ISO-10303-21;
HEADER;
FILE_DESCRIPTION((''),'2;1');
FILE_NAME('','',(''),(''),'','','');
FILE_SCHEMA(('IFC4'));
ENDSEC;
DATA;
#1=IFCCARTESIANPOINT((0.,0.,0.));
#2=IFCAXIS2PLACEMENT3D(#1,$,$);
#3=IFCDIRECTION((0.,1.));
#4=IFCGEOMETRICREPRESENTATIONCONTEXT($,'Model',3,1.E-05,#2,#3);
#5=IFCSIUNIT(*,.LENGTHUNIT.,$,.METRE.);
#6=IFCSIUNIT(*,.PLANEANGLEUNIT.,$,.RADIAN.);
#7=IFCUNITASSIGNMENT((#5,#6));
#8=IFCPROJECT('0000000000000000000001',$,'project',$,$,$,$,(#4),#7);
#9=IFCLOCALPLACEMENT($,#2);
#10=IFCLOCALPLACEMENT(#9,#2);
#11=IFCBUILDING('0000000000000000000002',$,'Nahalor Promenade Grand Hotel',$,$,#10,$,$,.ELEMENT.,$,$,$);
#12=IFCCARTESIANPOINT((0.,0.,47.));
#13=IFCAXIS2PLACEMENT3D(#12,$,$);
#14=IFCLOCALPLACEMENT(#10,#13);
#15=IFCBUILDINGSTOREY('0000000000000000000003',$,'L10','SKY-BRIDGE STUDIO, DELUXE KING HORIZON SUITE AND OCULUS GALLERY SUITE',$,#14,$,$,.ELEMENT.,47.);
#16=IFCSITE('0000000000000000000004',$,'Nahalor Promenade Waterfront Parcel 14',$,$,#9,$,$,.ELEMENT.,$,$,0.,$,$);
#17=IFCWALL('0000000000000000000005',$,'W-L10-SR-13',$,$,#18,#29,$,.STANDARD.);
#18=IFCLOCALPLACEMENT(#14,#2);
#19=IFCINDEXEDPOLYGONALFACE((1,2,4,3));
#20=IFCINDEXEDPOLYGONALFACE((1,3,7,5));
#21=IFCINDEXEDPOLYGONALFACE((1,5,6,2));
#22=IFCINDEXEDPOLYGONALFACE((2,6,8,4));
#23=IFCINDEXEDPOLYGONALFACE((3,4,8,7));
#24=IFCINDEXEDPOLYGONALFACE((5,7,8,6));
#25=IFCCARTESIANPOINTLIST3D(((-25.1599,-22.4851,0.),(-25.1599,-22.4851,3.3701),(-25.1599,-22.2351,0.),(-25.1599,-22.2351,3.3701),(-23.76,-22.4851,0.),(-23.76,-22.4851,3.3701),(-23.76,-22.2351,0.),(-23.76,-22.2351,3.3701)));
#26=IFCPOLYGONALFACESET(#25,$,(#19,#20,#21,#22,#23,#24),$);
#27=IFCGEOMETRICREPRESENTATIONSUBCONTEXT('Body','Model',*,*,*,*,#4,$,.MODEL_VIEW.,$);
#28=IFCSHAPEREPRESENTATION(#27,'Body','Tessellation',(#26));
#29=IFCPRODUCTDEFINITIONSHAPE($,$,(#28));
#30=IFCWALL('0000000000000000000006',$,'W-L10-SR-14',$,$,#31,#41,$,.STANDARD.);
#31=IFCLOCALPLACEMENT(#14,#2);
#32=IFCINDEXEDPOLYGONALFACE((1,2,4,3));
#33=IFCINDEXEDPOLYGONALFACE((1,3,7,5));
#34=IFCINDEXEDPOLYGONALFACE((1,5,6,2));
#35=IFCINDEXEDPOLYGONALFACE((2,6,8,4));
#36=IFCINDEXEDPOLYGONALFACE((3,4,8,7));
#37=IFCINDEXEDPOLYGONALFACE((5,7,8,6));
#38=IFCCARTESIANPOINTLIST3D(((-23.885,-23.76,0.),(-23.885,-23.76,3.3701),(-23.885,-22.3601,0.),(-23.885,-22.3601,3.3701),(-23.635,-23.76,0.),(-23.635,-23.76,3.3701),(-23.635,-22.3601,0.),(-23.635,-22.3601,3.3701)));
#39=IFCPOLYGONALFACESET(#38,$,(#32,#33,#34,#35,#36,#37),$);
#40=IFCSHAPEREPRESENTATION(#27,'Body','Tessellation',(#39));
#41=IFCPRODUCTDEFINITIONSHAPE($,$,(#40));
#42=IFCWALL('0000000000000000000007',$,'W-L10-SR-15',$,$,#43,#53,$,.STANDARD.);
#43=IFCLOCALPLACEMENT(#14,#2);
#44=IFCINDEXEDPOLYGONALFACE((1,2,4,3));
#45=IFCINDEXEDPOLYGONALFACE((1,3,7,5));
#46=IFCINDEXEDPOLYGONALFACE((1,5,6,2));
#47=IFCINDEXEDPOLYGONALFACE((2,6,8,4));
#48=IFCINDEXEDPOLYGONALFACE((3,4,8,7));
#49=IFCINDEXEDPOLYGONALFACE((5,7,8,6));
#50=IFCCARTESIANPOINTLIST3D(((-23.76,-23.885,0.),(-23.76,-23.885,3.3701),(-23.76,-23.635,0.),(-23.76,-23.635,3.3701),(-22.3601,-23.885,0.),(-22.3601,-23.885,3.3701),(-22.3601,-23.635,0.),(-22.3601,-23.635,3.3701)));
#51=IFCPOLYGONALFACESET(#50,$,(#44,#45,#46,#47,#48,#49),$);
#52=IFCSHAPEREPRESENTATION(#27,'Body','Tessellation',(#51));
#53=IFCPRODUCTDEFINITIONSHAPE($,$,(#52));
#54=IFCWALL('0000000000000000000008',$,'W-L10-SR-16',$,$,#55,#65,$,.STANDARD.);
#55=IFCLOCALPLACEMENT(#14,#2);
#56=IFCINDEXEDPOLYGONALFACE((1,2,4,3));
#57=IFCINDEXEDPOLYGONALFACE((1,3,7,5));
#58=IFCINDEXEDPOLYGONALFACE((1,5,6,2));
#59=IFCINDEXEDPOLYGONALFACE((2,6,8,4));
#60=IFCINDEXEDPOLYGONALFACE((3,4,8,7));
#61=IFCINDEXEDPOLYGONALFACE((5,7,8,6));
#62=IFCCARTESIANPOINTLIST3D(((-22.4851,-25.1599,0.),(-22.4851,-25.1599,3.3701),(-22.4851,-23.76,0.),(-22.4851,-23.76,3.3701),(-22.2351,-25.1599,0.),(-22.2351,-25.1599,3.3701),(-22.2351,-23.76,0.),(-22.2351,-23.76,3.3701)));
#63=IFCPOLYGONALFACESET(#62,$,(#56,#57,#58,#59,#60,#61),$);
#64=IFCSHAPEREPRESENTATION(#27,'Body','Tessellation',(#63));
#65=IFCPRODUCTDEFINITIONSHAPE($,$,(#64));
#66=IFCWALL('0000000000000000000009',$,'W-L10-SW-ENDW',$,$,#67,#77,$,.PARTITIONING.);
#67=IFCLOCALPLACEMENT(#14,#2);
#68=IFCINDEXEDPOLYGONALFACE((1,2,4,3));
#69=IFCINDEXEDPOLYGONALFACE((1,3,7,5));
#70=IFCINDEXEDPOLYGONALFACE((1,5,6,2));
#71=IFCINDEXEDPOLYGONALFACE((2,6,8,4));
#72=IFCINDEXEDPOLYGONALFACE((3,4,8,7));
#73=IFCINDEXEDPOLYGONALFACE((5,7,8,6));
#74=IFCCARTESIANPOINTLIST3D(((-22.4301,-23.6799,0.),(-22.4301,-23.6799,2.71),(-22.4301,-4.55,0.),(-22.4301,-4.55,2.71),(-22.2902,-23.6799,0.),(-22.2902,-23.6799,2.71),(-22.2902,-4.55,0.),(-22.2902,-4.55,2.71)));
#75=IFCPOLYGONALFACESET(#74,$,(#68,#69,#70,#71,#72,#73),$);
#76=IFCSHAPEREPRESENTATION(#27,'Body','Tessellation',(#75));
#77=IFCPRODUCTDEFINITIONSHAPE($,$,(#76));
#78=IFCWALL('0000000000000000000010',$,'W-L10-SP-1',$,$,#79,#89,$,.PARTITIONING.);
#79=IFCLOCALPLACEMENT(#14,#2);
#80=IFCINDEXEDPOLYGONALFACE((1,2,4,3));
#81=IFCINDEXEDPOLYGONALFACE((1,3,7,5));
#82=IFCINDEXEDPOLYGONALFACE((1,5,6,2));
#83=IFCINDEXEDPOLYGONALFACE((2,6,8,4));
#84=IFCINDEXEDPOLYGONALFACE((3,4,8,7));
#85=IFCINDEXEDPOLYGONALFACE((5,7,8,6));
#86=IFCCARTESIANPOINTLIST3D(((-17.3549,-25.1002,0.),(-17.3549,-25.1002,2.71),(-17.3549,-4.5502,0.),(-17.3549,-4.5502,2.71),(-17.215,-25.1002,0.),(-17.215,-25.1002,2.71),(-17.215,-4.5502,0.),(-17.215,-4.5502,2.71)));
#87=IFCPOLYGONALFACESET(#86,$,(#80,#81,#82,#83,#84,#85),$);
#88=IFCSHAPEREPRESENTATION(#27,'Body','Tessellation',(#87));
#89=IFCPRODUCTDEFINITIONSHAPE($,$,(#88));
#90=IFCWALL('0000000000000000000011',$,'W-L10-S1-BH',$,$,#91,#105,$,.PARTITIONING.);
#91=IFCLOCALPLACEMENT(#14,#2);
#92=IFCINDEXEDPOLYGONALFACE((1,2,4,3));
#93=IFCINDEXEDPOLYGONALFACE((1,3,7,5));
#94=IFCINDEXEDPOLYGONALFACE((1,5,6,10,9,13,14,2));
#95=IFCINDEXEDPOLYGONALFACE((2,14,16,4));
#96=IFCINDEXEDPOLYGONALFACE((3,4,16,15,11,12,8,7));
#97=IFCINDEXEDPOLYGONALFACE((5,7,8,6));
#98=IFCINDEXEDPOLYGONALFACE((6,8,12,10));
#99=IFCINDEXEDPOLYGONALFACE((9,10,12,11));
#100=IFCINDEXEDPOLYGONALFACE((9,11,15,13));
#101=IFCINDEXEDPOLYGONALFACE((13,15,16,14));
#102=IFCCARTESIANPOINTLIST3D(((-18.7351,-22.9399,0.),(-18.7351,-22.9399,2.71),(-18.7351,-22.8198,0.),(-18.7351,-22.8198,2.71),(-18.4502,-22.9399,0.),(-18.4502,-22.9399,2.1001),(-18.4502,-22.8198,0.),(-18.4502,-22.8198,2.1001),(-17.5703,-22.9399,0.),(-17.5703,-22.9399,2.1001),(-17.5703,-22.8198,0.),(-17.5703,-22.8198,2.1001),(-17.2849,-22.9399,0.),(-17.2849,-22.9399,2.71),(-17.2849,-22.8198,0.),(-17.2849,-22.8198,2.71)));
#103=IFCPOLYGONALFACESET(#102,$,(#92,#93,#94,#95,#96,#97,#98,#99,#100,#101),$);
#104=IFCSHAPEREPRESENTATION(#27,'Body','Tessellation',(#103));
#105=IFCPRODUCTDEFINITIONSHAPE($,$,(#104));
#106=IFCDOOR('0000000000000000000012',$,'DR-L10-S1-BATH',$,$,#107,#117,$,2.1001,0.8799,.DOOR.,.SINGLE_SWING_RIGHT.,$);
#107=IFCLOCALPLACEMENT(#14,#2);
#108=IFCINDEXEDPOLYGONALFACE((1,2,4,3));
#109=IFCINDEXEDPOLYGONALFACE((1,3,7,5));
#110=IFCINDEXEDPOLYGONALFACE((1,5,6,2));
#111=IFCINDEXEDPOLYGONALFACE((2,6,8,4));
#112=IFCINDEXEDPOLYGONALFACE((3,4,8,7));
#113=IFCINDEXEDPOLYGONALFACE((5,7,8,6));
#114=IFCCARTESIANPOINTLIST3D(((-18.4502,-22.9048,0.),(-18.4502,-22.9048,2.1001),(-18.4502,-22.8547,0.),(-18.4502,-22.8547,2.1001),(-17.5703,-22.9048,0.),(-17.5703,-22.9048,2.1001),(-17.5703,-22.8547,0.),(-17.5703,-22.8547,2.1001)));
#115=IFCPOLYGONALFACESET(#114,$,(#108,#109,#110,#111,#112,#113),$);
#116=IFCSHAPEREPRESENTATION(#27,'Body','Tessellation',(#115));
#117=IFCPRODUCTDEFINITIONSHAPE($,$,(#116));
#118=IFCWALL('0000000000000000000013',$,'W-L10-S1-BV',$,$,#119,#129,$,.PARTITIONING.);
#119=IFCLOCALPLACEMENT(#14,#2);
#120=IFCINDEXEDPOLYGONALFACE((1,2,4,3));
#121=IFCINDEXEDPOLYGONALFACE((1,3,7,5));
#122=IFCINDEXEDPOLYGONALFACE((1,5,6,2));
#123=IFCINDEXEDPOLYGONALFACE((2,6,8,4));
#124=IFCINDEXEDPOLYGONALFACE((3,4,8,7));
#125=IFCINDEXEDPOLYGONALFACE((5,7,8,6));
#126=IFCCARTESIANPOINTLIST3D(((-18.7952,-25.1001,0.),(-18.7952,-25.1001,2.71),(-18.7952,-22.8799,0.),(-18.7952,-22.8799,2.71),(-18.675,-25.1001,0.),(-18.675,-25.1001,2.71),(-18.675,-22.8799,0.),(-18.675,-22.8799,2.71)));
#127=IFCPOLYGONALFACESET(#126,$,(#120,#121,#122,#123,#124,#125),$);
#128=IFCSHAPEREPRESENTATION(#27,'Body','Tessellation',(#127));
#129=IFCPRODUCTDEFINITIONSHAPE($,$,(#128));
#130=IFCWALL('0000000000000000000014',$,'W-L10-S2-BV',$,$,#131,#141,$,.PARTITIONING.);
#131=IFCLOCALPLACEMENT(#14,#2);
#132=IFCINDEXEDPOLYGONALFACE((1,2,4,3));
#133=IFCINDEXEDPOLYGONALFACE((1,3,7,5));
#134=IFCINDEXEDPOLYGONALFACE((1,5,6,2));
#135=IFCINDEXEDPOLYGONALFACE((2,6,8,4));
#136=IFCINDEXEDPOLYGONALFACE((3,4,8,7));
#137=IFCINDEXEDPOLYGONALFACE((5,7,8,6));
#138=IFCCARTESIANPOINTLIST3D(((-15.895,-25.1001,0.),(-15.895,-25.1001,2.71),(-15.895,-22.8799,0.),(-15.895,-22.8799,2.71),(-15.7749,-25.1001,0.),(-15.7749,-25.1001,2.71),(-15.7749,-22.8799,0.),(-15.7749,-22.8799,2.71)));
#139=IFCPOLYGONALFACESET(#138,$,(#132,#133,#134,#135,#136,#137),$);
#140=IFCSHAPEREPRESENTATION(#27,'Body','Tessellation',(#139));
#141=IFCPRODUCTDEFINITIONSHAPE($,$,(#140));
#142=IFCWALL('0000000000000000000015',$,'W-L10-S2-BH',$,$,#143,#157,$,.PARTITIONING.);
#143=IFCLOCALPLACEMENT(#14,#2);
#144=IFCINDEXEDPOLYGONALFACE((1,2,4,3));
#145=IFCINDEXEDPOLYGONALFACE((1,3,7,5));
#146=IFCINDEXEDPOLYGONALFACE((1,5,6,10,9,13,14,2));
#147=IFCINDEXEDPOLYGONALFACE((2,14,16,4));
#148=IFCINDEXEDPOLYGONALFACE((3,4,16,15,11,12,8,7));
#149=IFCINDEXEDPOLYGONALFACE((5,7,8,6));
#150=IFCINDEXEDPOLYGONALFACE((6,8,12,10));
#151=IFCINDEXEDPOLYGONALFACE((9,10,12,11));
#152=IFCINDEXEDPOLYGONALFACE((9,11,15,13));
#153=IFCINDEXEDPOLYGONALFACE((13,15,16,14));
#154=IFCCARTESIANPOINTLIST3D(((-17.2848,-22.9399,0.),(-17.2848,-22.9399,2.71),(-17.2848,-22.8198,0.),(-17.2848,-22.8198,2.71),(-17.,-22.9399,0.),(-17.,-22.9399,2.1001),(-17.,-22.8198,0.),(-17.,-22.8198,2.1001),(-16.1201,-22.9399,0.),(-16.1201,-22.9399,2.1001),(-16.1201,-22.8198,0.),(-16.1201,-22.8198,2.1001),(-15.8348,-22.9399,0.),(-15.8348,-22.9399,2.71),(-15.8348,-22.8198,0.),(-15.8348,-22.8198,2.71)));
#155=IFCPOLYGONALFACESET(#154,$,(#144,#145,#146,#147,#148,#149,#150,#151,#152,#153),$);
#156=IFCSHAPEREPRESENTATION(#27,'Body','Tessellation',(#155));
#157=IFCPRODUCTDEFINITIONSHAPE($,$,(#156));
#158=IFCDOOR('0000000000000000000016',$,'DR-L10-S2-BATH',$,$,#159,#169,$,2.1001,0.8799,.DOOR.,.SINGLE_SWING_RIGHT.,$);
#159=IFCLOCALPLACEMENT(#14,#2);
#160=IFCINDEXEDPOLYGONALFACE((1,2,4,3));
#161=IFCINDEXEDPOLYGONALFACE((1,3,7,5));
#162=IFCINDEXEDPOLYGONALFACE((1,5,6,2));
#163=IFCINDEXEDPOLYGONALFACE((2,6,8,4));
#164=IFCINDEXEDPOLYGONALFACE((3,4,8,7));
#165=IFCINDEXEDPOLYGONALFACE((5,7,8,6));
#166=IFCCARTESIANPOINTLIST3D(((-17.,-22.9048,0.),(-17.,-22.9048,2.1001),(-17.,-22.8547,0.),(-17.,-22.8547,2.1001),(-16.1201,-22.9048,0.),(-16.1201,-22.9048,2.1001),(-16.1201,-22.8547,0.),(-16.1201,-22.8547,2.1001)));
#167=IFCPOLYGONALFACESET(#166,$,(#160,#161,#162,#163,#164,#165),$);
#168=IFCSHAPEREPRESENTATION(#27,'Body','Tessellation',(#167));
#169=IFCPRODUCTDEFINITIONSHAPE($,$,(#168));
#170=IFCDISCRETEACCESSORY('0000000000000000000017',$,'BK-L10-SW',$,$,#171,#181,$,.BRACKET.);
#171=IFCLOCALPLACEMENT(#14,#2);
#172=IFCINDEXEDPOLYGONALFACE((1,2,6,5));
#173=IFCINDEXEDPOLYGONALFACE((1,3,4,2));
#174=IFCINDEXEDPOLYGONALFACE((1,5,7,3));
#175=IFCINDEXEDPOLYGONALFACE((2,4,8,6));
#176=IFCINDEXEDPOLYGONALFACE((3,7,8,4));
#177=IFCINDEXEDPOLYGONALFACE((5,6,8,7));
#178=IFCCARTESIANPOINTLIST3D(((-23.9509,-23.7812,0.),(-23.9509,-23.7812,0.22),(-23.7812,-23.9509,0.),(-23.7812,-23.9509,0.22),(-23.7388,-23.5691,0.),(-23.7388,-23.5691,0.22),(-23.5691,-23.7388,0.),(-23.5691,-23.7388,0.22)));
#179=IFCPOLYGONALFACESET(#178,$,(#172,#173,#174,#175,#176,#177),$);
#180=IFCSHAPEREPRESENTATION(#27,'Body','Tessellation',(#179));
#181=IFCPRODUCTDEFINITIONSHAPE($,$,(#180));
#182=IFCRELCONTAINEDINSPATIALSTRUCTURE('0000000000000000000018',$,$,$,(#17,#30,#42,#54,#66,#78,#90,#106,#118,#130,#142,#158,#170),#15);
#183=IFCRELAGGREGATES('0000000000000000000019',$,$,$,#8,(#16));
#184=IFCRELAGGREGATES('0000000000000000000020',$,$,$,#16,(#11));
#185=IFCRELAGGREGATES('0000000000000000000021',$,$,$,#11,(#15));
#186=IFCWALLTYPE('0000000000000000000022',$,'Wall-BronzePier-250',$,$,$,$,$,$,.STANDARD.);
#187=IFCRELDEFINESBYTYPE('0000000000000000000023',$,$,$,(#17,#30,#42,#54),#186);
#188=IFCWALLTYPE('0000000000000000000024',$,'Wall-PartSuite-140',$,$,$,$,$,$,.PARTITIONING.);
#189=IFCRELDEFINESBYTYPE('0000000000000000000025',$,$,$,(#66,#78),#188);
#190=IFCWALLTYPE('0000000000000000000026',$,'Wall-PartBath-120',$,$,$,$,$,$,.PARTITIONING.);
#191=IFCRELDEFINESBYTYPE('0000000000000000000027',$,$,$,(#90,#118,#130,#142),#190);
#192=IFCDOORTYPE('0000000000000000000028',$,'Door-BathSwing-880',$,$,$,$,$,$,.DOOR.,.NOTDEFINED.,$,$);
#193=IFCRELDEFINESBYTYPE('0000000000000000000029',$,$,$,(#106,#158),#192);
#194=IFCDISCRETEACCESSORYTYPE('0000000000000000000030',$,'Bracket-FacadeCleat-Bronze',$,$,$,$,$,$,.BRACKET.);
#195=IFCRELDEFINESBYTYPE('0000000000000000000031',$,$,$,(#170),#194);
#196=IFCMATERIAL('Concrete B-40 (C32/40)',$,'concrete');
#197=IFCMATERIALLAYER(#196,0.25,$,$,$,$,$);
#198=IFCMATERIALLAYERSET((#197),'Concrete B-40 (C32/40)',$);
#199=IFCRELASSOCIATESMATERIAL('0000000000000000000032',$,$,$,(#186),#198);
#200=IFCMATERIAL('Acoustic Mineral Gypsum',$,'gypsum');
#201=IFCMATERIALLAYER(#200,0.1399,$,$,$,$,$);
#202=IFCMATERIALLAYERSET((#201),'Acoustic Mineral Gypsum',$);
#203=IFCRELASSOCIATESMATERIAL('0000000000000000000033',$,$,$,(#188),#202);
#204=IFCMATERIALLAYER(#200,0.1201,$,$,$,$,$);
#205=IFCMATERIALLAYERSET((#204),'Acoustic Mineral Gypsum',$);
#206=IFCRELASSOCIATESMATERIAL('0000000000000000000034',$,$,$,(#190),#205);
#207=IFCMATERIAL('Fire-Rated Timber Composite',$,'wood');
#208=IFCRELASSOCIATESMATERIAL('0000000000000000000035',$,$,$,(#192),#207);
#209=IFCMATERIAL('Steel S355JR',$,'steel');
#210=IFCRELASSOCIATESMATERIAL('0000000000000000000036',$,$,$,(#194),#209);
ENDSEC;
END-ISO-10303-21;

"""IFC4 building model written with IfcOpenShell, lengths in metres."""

from ifc_helpers import new_model, si_unit, direction, frame, frame_2d, origin, origin_2d, place, context, subcontext, project, spatial, rectangle, extrude, source, transform, mapped, material, layer, layer_set, type_object, element, fill, save


model = new_model("IFC4")

# Units and contexts
model_context = context("Model", 3, precision=1e-05, world=origin(), true_north=direction((0.0, 1.0)))
body_context = subcontext(model_context, "Body", "Model", "MODEL_VIEW")
ifc_project = project(units=[si_unit("LENGTHUNIT", "METRE"), si_unit("PLANEANGLEUNIT", "RADIAN")], contexts=[model_context])

# Site, building, storey
site_placement = place(None, origin())
site = spatial("IfcSite", under=ifc_project, at=site_placement, Name="Nahalor Promenade Waterfront Parcel 14", CompositionType="ELEMENT", RefElevation=0.0)
building_placement = place(site_placement, origin())
building = spatial("IfcBuilding", under=site, at=building_placement, Name="Nahalor Promenade Grand Hotel", CompositionType="ELEMENT")
storey_placement = place(building_placement, frame((0.0, 0.0, 47.0)))
storey = spatial("IfcBuildingStorey", under=building, at=storey_placement, Name="L10", Description="SKY-BRIDGE STUDIO, DELUXE KING HORIZON SUITE AND OCULUS GALLERY SUITE", CompositionType="ELEMENT", Elevation=47.0)

# Shared definitions
ifc_material_1 = material(Name="Steel S355JR", Category="steel")

# Walls
ifc_material_2 = material(Name="Concrete B-40 (C32/40)", Category="concrete")
ifc_layer_1 = layer(ifc_material_2, 0.25)
ifc_layer_set_1 = layer_set([ifc_layer_1], Name="Concrete B-40 (C32/40)")
wall_type_1 = type_object("IfcWallType", Name="Wall-BronzePier-250", PredefinedType="STANDARD", material=ifc_layer_set_1)
shared_shape_1 = source(origin(), body_context, "Body", "SweptSolid", [
    extrude(rectangle(XDim=1.3999, YDim=0.25, at=frame_2d((0.7, 0.0))), origin(), (0.0, 0.0, 1.0), 3.3701),
])
for number, where, z_axis, x_axis, name in (
    (1, (-25.1599, -22.3601, 0.0), (0.0, 0.0, 1.0), (1.0, 0.0, 0.0), "W-L10-SR-13"),
    (2, (-23.76, -23.76, 0.0), (0.0, 0.0, 1.0), (0.0, 1.0, 0.0), "W-L10-SR-14"),
    (3, (-23.76, -23.76, 0.0), (0.0, 0.0, 1.0), (1.0, 0.0, 0.0), "W-L10-SR-15"),
    (4, (-22.3601, -25.1599, 0.0), (0.0, 0.0, 1.0), (0.0, 1.0, 0.0), "W-L10-SR-16"),
):
    element("IfcWall", number, at=place(storey_placement, frame(where, z_axis=z_axis, x_axis=x_axis)), inside=storey, type_object=wall_type_1, Name=name, PredefinedType="STANDARD", context=body_context, shape_type="MappedRepresentation", body=[
        mapped(shared_shape_1, transform((0.0, 0.0, 0.0), scale=1.0)),
    ])
ifc_material_3 = material(Name="Acoustic Mineral Gypsum", Category="gypsum")
ifc_layer_2 = layer(ifc_material_3, 0.1399)
ifc_layer_set_2 = layer_set([ifc_layer_2], Name="Acoustic Mineral Gypsum")
wall_type_2 = type_object("IfcWallType", Name="Wall-PartSuite-140", PredefinedType="PARTITIONING", material=ifc_layer_set_2)
shared_shape_2 = source(origin(), body_context, "Body", "SweptSolid", [
    extrude(rectangle(XDim=19.1299, YDim=0.1399, at=frame_2d((9.5649, 0.0))), origin(), (0.0, 0.0, 1.0), 2.71),
])
wall_1_placement = place(storey_placement, frame((-22.3601, -23.6799, 0.0), z_axis=(0.0, 0.0, 1.0), x_axis=(0.0, 1.0, 0.0)))
element("IfcWall", 5, at=wall_1_placement, inside=storey, type_object=wall_type_2, Name="W-L10-SW-ENDW", PredefinedType="PARTITIONING", context=body_context, shape_type="MappedRepresentation", body=[
    mapped(shared_shape_2, transform((0.0, 0.0, 0.0), scale=1.0)),
])
shared_shape_3 = source(origin(), body_context, "Body", "SweptSolid", [
    extrude(rectangle(XDim=20.55, YDim=0.1399, at=frame_2d((10.2749, 0.0))), origin(), (0.0, 0.0, 1.0), 2.71),
])
wall_2_placement = place(storey_placement, frame((-17.2849, -25.1001, 0.0), z_axis=(0.0, 0.0, 1.0), x_axis=(0.0, 1.0, 0.0)))
element("IfcWall", 6, at=wall_2_placement, inside=storey, type_object=wall_type_2, Name="W-L10-SP-1", PredefinedType="PARTITIONING", context=body_context, shape_type="MappedRepresentation", body=[
    mapped(shared_shape_3, transform((0.0, 0.0, 0.0), scale=1.0)),
])

# Wall, opening, door
ifc_layer_3 = layer(ifc_material_3, 0.1201)
ifc_layer_set_3 = layer_set([ifc_layer_3], Name="Acoustic Mineral Gypsum")
wall_type_3 = type_object("IfcWallType", Name="Wall-PartBath-120", PredefinedType="PARTITIONING", material=ifc_layer_set_3)
shared_shape_4 = source(origin(), body_context, "Body", "SweptSolid", [
    extrude(rectangle(XDim=1.4502, YDim=0.1201, at=frame_2d((0.7251, 0.0))), origin(), (0.0, 0.0, 1.0), 2.71),
])
wall_3_placement = place(storey_placement, frame((-18.7351, -22.8799, 0.0), z_axis=(0.0, 0.0, 1.0), x_axis=(1.0, 0.0, 0.0)))
wall_3 = element("IfcWall", 7, at=wall_3_placement, inside=storey, type_object=wall_type_3, Name="W-L10-S1-BH", PredefinedType="PARTITIONING", context=body_context, shape_type="MappedRepresentation", body=[
    mapped(shared_shape_4, transform((0.0, 0.0, 0.0), scale=1.0)),
])
opening_1_placement = place(wall_3_placement, frame((0.2849, 0.0, 0.0)))
opening_1 = element("IfcOpeningElement", 8, at=opening_1_placement, cuts=wall_3, PredefinedType="OPENING", context=body_context, shape_type="SweptSolid", body=[
    extrude(rectangle(XDim=0.8799, YDim=2.1001, at=frame_2d((0.4399, 1.05))), frame((0.0, 0.0701, 0.0), z_axis=(0.0, -1.0, 0.0), x_axis=(1.0, 0.0, 0.0)), (0.0, 0.0, 1.0), 0.1401),
])
ifc_material_4 = material(Name="Fire-Rated Timber Composite", Category="wood")
door_type = type_object("IfcDoorType", Name="Door-BathSwing-880", OperationType="NOTDEFINED", PredefinedType="DOOR", material=ifc_material_4)
shared_shape_5 = source(origin(), body_context, "Body", "SweptSolid", [
    extrude(rectangle(XDim=0.8799, YDim=2.1001, at=frame_2d((0.4399, 1.05))), frame((0.0, 0.0249, 0.0), z_axis=(0.0, -1.0, 0.0), x_axis=(1.0, 0.0, 0.0)), (0.0, 0.0, 1.0), 0.05),
])
door_1_placement = place(opening_1_placement, frame((0.8799, 0.0, 0.0), z_axis=(0.0, 0.0, 1.0), x_axis=(-1.0, 0.0, 0.0)))
door_1 = element("IfcDoor", 9, at=door_1_placement, inside=storey, type_object=door_type, Name="DR-L10-S1-BATH", OperationType="SINGLE_SWING_RIGHT", OverallHeight=2.1001, OverallWidth=0.8799, PredefinedType="DOOR", context=body_context, shape_type="MappedRepresentation", body=[
    mapped(shared_shape_5, transform((0.0, 0.0, 0.0), scale=1.0)),
])
fill(opening_1, door_1)

# Walls
shared_shape_6 = source(origin(), body_context, "Body", "SweptSolid", [
    extrude(rectangle(XDim=2.2202, YDim=0.1201, at=frame_2d((1.1101, 0.0))), origin(), (0.0, 0.0, 1.0), 2.71),
])
for number, where, z_axis, x_axis, name in (
    (10, (-18.7351, -25.1001, 0.0), (0.0, 0.0, 1.0), (0.0, 1.0, 0.0), "W-L10-S1-BV"),
    (11, (-15.835, -25.1001, 0.0), (0.0, 0.0, 1.0), (0.0, 1.0, 0.0), "W-L10-S2-BV"),
):
    element("IfcWall", number, at=place(storey_placement, frame(where, z_axis=z_axis, x_axis=x_axis)), inside=storey, type_object=wall_type_3, Name=name, PredefinedType="PARTITIONING", context=body_context, shape_type="MappedRepresentation", body=[
        mapped(shared_shape_6, transform((0.0, 0.0, 0.0), scale=1.0)),
    ])

# Wall, opening, door
shared_shape_7 = source(origin(), body_context, "Body", "SweptSolid", [
    extrude(rectangle(XDim=1.45, YDim=0.1201, at=frame_2d((0.7251, 0.0))), origin(), (0.0, 0.0, 1.0), 2.71),
])
wall_4_placement = place(storey_placement, frame((-17.2849, -22.8799, 0.0), z_axis=(0.0, 0.0, 1.0), x_axis=(1.0, 0.0, 0.0)))
wall_4 = element("IfcWall", 12, at=wall_4_placement, inside=storey, type_object=wall_type_3, Name="W-L10-S2-BH", PredefinedType="PARTITIONING", context=body_context, shape_type="MappedRepresentation", body=[
    mapped(shared_shape_7, transform((0.0, 0.0, 0.0), scale=1.0)),
])
opening_2_placement = place(wall_4_placement, frame((0.2849, 0.0, 0.0)))
opening_2 = element("IfcOpeningElement", 13, at=opening_2_placement, cuts=wall_4, PredefinedType="OPENING", context=body_context, shape_type="SweptSolid", body=[
    extrude(rectangle(XDim=0.8799, YDim=2.1001, at=frame_2d((0.4399, 1.05))), frame((0.0, 0.0701, 0.0), z_axis=(0.0, -1.0, 0.0), x_axis=(1.0, 0.0, 0.0)), (0.0, 0.0, 1.0), 0.1401),
])
door_2_placement = place(opening_2_placement, frame((0.8799, 0.0, 0.0), z_axis=(0.0, 0.0, 1.0), x_axis=(-1.0, 0.0, 0.0)))
door_2 = element("IfcDoor", 14, at=door_2_placement, inside=storey, type_object=door_type, Name="DR-L10-S2-BATH", OperationType="SINGLE_SWING_RIGHT", OverallHeight=2.1001, OverallWidth=0.8799, PredefinedType="DOOR", context=body_context, shape_type="MappedRepresentation", body=[
    mapped(shared_shape_5, transform((0.0, 0.0, 0.0), scale=1.0)),
])
fill(opening_2, door_2)

# Discrete accessory
discrete_accessory_type = type_object("IfcDiscreteAccessoryType", Name="Bracket-FacadeCleat-Bronze", PredefinedType="BRACKET", material=ifc_material_1)
shared_shape_8 = source(origin(), body_context, "Body", "SweptSolid", [
    extrude(rectangle(XDim=0.3, YDim=0.24, at=origin_2d()), origin(), (0.0, 0.0, 1.0), 0.22),
])
discrete_accessory_placement = place(storey_placement, frame((-23.76, -23.76, 0.0), z_axis=(0.0, 0.0, 1.0), x_axis=(0.707107, 0.707107, 0.0)))
element("IfcDiscreteAccessory", 15, at=discrete_accessory_placement, inside=storey, type_object=discrete_accessory_type, Name="BK-L10-SW", PredefinedType="BRACKET", context=body_context, shape_type="MappedRepresentation", body=[
    mapped(shared_shape_8, transform((0.0, 0.0, 0.0), scale=1.0)),
])

save(model, "model.ifc")
